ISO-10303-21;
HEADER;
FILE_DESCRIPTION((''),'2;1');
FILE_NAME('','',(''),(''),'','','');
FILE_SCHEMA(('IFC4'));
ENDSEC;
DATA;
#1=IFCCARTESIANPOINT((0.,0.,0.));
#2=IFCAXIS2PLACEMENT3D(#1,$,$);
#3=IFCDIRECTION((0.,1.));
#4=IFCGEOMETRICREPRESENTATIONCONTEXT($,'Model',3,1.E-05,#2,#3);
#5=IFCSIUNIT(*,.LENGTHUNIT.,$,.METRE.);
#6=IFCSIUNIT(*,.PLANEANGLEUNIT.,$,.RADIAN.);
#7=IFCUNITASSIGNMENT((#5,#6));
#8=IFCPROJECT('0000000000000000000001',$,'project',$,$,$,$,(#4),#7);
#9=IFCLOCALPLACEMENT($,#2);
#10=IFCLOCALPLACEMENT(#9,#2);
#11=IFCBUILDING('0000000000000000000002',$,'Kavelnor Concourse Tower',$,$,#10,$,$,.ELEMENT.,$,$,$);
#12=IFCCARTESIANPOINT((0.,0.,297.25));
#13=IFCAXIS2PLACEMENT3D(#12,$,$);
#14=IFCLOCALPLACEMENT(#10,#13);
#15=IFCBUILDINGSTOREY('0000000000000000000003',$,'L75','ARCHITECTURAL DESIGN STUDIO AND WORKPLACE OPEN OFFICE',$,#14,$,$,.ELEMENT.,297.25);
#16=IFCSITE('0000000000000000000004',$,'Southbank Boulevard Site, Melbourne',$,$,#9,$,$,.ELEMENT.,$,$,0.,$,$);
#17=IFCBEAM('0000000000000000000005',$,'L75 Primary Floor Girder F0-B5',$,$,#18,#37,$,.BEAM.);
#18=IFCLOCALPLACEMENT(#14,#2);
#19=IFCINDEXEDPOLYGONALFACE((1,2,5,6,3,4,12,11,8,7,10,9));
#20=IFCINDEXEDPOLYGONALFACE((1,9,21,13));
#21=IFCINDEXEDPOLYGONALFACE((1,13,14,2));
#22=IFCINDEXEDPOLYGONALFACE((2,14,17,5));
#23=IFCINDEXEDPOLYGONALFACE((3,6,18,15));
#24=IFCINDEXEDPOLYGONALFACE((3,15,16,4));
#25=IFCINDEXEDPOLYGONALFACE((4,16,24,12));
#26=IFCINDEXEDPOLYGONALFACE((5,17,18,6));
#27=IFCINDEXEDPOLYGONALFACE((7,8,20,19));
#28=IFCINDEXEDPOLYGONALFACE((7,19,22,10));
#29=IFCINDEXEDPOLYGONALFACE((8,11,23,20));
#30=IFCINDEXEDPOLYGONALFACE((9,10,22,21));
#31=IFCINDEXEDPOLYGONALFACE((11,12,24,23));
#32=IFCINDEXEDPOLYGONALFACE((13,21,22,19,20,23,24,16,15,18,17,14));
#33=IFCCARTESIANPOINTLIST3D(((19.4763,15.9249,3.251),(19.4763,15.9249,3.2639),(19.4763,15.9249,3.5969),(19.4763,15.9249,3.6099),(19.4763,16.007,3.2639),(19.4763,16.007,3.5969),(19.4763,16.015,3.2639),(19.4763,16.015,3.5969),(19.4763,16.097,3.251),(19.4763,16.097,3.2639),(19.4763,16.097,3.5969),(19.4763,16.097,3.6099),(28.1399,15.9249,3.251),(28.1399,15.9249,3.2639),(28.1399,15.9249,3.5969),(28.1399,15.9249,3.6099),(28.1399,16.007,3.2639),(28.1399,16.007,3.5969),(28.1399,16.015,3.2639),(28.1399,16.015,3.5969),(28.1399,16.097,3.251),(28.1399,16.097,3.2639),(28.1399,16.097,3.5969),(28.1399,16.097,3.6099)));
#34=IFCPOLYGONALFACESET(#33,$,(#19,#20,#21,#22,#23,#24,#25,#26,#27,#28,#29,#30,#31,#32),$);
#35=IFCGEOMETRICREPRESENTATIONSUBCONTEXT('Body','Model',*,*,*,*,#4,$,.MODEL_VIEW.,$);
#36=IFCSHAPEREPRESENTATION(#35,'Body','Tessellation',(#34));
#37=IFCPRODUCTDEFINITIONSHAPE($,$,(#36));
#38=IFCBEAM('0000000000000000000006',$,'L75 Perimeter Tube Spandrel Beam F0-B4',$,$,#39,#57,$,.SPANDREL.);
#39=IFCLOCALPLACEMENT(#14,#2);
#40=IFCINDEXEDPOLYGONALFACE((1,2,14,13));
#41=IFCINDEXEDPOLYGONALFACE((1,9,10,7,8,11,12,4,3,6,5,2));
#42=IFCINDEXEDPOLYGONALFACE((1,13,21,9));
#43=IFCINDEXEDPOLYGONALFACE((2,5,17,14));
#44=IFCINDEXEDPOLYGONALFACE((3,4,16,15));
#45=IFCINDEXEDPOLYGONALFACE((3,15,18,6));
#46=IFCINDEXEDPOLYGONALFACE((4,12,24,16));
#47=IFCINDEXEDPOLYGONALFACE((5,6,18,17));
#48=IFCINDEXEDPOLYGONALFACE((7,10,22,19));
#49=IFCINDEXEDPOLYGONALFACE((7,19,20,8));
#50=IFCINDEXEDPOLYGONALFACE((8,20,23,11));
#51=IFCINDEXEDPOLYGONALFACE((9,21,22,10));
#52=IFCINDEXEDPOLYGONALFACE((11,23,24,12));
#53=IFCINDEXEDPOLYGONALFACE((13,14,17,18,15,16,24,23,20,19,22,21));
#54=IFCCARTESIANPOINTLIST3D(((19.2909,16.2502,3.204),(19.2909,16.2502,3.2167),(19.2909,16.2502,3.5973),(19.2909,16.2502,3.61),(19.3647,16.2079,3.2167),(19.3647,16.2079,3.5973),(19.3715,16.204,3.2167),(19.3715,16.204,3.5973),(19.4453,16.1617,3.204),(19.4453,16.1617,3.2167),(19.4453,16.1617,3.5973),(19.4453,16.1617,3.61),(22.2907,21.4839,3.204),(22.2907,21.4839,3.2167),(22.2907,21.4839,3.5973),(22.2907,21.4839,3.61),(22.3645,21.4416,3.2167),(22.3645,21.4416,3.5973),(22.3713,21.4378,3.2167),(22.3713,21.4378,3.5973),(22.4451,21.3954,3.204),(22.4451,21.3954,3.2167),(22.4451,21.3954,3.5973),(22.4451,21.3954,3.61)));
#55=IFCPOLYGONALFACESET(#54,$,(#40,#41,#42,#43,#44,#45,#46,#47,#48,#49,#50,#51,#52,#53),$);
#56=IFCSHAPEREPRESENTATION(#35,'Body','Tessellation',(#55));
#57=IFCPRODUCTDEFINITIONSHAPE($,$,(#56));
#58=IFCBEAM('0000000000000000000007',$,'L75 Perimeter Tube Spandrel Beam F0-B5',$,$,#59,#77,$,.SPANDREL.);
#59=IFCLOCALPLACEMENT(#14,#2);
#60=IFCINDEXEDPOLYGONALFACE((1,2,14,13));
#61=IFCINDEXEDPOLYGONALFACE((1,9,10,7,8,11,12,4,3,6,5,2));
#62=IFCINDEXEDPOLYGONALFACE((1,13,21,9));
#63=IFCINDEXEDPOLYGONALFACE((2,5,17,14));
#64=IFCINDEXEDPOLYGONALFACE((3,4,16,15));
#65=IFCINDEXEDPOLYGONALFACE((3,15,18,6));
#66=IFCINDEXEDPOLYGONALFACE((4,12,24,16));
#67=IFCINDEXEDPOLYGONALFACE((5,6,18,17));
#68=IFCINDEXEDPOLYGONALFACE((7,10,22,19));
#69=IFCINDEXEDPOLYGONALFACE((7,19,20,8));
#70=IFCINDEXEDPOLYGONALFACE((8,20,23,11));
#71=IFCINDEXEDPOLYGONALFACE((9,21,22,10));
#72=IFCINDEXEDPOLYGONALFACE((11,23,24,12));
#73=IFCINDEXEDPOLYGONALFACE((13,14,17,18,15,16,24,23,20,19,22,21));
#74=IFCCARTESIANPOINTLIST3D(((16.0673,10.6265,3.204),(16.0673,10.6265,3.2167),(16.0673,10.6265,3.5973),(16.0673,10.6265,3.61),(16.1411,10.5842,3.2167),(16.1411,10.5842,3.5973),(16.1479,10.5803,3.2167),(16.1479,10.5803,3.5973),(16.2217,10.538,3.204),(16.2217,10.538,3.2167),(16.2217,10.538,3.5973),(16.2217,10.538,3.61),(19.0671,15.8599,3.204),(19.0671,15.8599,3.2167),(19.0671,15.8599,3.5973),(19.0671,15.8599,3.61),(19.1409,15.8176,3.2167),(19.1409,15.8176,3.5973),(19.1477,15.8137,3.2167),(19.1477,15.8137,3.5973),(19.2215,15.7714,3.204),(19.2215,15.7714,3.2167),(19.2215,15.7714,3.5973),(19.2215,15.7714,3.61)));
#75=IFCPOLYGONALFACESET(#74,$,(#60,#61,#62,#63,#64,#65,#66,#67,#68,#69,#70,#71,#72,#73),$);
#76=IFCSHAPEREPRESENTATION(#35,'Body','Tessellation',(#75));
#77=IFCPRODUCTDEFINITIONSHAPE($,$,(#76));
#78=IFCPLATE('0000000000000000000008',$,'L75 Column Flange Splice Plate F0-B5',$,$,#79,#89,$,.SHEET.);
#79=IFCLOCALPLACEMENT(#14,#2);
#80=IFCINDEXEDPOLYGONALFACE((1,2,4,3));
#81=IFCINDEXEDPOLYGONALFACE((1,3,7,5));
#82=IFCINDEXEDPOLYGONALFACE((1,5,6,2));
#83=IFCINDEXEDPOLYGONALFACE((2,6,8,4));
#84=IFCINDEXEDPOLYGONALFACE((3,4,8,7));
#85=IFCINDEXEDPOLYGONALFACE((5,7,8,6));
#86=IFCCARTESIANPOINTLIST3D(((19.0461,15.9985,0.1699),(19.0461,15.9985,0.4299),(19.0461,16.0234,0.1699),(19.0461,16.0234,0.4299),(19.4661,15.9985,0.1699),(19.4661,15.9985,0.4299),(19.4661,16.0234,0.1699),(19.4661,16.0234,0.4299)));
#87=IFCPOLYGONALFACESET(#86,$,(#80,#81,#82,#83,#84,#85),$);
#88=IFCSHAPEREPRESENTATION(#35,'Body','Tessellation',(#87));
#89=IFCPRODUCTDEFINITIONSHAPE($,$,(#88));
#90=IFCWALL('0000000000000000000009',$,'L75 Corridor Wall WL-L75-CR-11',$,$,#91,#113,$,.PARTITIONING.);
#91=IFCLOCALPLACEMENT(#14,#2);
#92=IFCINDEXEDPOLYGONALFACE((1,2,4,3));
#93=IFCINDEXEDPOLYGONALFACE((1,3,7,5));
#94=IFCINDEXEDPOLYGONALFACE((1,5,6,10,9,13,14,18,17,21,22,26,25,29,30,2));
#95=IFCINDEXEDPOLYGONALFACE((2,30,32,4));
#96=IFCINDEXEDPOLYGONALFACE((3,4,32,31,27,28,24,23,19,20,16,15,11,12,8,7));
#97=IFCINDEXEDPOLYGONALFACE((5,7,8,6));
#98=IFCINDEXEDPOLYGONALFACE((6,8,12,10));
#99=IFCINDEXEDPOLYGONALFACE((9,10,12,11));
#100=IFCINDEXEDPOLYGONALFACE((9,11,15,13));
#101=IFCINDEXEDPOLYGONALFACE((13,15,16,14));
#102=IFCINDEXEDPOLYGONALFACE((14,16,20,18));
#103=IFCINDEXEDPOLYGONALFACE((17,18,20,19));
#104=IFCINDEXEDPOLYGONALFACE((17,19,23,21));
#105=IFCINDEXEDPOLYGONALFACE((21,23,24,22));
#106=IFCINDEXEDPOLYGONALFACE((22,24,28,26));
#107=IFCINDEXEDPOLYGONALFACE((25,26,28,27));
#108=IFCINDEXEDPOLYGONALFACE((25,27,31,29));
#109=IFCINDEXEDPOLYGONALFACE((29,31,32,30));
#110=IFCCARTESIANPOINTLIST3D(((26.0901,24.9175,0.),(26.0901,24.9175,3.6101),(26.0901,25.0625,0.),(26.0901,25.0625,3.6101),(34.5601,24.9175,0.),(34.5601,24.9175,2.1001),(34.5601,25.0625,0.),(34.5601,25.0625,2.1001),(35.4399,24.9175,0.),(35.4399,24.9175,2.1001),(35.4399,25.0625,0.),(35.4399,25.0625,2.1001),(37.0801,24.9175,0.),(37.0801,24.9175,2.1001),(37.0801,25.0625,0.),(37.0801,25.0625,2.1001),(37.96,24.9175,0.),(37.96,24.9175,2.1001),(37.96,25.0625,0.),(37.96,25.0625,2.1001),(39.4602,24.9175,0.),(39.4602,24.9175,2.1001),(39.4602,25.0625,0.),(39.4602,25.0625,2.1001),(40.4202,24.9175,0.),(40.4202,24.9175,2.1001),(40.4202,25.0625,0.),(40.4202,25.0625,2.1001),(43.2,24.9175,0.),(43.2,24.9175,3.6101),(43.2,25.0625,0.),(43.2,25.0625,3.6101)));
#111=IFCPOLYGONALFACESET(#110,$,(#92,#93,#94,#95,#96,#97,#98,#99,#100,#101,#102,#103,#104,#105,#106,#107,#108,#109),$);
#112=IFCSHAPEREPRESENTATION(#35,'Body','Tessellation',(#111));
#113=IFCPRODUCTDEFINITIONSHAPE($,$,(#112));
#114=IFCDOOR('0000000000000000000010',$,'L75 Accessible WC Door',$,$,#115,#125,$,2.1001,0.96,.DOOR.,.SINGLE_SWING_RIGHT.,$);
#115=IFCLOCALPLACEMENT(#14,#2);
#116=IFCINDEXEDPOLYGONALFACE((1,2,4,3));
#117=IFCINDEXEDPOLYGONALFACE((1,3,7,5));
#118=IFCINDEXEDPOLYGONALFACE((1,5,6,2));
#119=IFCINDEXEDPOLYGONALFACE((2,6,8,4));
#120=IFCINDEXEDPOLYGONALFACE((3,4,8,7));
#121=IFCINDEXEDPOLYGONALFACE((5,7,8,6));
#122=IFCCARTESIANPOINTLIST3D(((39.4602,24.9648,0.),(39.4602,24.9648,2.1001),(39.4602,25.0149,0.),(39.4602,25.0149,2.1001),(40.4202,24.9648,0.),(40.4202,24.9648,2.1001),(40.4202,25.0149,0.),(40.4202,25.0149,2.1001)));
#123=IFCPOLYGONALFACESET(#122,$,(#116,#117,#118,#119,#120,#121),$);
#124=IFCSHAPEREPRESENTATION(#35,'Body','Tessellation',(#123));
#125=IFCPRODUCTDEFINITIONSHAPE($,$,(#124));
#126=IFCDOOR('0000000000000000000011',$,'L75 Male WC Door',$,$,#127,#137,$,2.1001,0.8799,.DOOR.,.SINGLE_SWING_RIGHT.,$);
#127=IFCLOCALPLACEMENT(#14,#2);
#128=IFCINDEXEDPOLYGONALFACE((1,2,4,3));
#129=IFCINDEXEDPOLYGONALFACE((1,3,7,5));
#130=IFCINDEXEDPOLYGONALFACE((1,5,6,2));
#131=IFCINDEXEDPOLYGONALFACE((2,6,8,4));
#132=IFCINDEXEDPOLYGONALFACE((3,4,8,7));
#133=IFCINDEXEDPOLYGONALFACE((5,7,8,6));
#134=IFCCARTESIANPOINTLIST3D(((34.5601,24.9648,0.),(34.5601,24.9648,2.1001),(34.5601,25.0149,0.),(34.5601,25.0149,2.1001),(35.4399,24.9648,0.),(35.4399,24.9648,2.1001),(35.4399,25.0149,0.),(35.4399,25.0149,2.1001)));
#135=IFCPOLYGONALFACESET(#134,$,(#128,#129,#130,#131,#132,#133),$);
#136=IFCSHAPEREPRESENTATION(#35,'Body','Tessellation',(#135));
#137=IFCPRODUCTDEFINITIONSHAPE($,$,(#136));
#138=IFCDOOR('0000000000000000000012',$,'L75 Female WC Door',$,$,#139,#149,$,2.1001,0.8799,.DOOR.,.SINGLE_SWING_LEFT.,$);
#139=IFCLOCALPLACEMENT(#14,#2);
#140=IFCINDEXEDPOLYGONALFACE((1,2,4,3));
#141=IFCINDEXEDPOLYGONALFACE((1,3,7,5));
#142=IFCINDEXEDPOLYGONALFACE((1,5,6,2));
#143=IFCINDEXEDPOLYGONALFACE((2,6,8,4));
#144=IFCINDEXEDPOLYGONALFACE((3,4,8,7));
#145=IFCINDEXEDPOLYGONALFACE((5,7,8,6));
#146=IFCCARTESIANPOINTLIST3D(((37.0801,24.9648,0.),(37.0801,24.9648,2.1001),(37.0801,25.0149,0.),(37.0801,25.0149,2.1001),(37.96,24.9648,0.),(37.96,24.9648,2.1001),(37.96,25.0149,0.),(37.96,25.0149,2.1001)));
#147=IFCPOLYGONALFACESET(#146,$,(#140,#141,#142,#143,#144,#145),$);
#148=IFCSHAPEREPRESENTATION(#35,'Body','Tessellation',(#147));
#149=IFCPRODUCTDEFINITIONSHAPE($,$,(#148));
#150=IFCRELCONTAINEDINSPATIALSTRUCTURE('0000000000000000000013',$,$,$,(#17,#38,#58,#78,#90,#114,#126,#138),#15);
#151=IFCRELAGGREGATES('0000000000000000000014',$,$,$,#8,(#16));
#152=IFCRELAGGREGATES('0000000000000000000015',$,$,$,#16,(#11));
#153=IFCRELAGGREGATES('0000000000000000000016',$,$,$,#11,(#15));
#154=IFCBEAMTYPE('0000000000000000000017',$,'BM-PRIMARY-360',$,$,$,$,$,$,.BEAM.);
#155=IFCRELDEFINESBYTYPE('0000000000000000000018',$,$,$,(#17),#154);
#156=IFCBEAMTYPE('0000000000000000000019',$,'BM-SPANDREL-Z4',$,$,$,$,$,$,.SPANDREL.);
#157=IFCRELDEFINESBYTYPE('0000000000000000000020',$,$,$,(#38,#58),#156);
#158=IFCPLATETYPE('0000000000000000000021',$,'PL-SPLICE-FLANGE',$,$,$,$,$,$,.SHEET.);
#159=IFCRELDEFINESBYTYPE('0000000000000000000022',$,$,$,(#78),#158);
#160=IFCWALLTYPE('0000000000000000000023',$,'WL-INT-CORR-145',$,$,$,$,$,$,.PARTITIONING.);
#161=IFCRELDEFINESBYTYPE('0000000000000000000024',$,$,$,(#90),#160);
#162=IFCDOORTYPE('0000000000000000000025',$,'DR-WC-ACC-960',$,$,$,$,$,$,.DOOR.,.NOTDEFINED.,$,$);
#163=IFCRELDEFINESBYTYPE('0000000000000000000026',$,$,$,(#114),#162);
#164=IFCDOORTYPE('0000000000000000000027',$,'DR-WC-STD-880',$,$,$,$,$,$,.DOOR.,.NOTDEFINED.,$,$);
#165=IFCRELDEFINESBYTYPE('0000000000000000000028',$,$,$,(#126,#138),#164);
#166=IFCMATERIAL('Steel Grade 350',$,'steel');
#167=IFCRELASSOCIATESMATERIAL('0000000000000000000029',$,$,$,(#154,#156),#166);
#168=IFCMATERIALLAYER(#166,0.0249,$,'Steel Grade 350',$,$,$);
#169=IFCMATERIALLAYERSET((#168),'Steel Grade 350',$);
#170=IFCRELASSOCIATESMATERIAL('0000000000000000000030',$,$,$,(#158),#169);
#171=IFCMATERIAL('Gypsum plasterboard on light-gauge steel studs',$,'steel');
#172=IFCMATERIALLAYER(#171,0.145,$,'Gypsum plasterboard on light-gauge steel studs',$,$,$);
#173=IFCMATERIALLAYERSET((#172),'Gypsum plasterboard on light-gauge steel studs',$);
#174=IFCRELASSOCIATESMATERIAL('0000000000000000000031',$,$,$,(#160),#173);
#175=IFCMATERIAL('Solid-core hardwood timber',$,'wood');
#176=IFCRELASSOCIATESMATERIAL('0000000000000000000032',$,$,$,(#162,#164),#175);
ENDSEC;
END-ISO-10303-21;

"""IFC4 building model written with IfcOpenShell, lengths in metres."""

from ifc_helpers import new_model, si_unit, direction, frame, frame_2d, origin, origin_2d, place, context, subcontext, project, spatial, rectangle, i_section, extrude, material, layer, layer_set, material_profile, profile_set, type_object, element, fill, save


model = new_model("IFC4")

# Units and contexts
model_context = context("Model", 3, precision=1e-05, world=origin(), true_north=direction((0.0, 1.0)))
body_context = subcontext(model_context, "Body", "Model", "MODEL_VIEW")
ifc_project = project(units=[si_unit("LENGTHUNIT", "METRE"), si_unit("PLANEANGLEUNIT", "RADIAN")], contexts=[model_context])

# Site, building, storey
site_placement = place(None, origin())
site = spatial("IfcSite", under=ifc_project, at=site_placement, Name="Southbank Boulevard Site, Melbourne", CompositionType="ELEMENT", RefElevation=0.0)
building_placement = place(site_placement, origin())
building = spatial("IfcBuilding", under=site, at=building_placement, Name="Kavelnor Concourse Tower", CompositionType="ELEMENT")
storey_placement = place(building_placement, frame((0.0, 0.0, 297.25)))
storey = spatial("IfcBuildingStorey", under=building, at=storey_placement, Name="L75", Description="ARCHITECTURAL DESIGN STUDIO AND WORKPLACE OPEN OFFICE", CompositionType="ELEMENT", Elevation=297.25)

# Shared definitions
ifc_material_1 = material(Name="Steel Grade 350", Category="steel")

# Beams
ifc_material_profile_1 = material_profile(ifc_material_1, i_section(OverallWidth=0.1721, OverallDepth=0.3589, WebThickness=0.0081, FlangeThickness=0.0129, at=origin_2d()), Name="360UB56")
ifc_profile_set_1 = profile_set([ifc_material_profile_1], Name="Steel Grade 350")
beam_type_1 = type_object("IfcBeamType", Name="BM-PRIMARY-360", PredefinedType="BEAM", material=ifc_profile_set_1)
beam_1_placement = place(storey_placement, frame((28.1399, 16.011, 3.4304), z_axis=(-1.0, 0.0, 0.0), x_axis=(0.0, -1.0, 0.0)))
element("IfcBeam", 1, at=beam_1_placement, inside=storey, type_object=beam_type_1, Name="L75 Primary Floor Girder F0-B5", PredefinedType="BEAM", context=body_context, shape_type="SweptSolid", body=[
    extrude(i_section(OverallWidth=0.1721, OverallDepth=0.3589, WebThickness=0.0081, FlangeThickness=0.0129, at=origin_2d()), origin(), (0.0, 0.0, 1.0), 8.6636),
])
ifc_material_profile_2 = material_profile(ifc_material_1, i_section(OverallWidth=0.178, OverallDepth=0.406, WebThickness=0.0078, FlangeThickness=0.0127, at=origin_2d()), Name="410UB59")
ifc_profile_set_2 = profile_set([ifc_material_profile_2], Name="Steel Grade 350")
beam_type_2 = type_object("IfcBeamType", Name="BM-SPANDREL-Z4", PredefinedType="SPANDREL", material=ifc_profile_set_2)
beam_2_placement = place(storey_placement, frame((22.3679, 21.4397, 3.407), z_axis=(-0.497276, -0.867592, 0.0), x_axis=(0.867592, -0.497276, 0.0)))
element("IfcBeam", 2, at=beam_2_placement, inside=storey, type_object=beam_type_2, Name="L75 Perimeter Tube Spandrel Beam F0-B4", PredefinedType="SPANDREL", context=body_context, shape_type="SweptSolid", body=[
    extrude(i_section(OverallWidth=0.178, OverallDepth=0.406, WebThickness=0.0078, FlangeThickness=0.0127, at=origin_2d()), origin(), (0.0, 0.0, 1.0), 6.0325),
])
beam_3_placement = place(storey_placement, frame((19.1443, 15.8157, 3.407), z_axis=(-0.497294, -0.867582, 0.0), x_axis=(0.867582, -0.497294, 0.0)))
element("IfcBeam", 3, at=beam_3_placement, inside=storey, type_object=beam_type_2, Name="L75 Perimeter Tube Spandrel Beam F0-B5", PredefinedType="SPANDREL", context=body_context, shape_type="SweptSolid", body=[
    extrude(i_section(OverallWidth=0.178, OverallDepth=0.406, WebThickness=0.0078, FlangeThickness=0.0127, at=origin_2d()), origin(), (0.0, 0.0, 1.0), 6.0322),
])

# Plate
ifc_layer_1 = layer(ifc_material_1, 0.0249, Name="Steel Grade 350")
ifc_layer_set_1 = layer_set([ifc_layer_1], Name="Steel Grade 350")
plate_type = type_object("IfcPlateType", Name="PL-SPLICE-FLANGE", PredefinedType="SHEET", material=ifc_layer_set_1)
plate_placement = place(storey_placement, frame((19.2561, 16.011, 0.1699), z_axis=(0.0, 0.0, 1.0), x_axis=(1.0, 0.0, 0.0)))
element("IfcPlate", 4, at=plate_placement, inside=storey, type_object=plate_type, Name="L75 Column Flange Splice Plate F0-B5", PredefinedType="SHEET", context=body_context, shape_type="SweptSolid", body=[
    extrude(rectangle(XDim=0.4199, YDim=0.0249, at=origin_2d()), origin(), (0.0, 0.0, 1.0), 0.26),
])

# Wall, openings, doors
ifc_material_2 = material(Name="Gypsum plasterboard on light-gauge steel studs", Category="steel")
ifc_layer_2 = layer(ifc_material_2, 0.145, Name="Gypsum plasterboard on light-gauge steel studs")
ifc_layer_set_2 = layer_set([ifc_layer_2], Name="Gypsum plasterboard on light-gauge steel studs")
wall_type_1 = type_object("IfcWallType", Name="WL-INT-CORR-145", PredefinedType="PARTITIONING", material=ifc_layer_set_2)
wall_1_placement = place(storey_placement, frame((26.0901, 24.99, 0.0), z_axis=(0.0, 0.0, 1.0), x_axis=(1.0, 0.0, 0.0)))
wall_1 = element("IfcWall", 5, at=wall_1_placement, inside=storey, type_object=wall_type_1, Name="L75 Corridor Wall WL-L75-CR-11", PredefinedType="PARTITIONING", context=body_context, shape_type="SweptSolid", body=[
    extrude(rectangle(XDim=17.1099, YDim=0.145, at=frame_2d((8.5549, 0.0))), origin(), (0.0, 0.0, 1.0), 3.6101),
])
opening_1_placement = place(wall_1_placement, frame((8.47, 0.0, 0.0)))
opening_1 = element("IfcOpeningElement", 6, at=opening_1_placement, cuts=wall_1, PredefinedType="OPENING", context=body_context, shape_type="SweptSolid", body=[
    extrude(rectangle(XDim=0.8799, YDim=2.1001, at=frame_2d((0.4399, 1.05))), frame((0.0, 0.0825, 0.0), z_axis=(0.0, -1.0, 0.0), x_axis=(1.0, 0.0, 0.0)), (0.0, 0.0, 1.0), 0.165),
])
opening_2_placement = place(wall_1_placement, frame((10.99, 0.0, 0.0)))
opening_2 = element("IfcOpeningElement", 7, at=opening_2_placement, cuts=wall_1, PredefinedType="OPENING", context=body_context, shape_type="SweptSolid", body=[
    extrude(rectangle(XDim=0.8799, YDim=2.1001, at=frame_2d((0.4399, 1.05))), frame((0.0, 0.0825, 0.0), z_axis=(0.0, -1.0, 0.0), x_axis=(1.0, 0.0, 0.0)), (0.0, 0.0, 1.0), 0.165),
])
opening_3_placement = place(wall_1_placement, frame((13.3701, 0.0, 0.0)))
opening_3 = element("IfcOpeningElement", 8, at=opening_3_placement, cuts=wall_1, PredefinedType="OPENING", context=body_context, shape_type="SweptSolid", body=[
    extrude(rectangle(XDim=0.96, YDim=2.1001, at=frame_2d((0.48, 1.05))), frame((0.0, 0.0825, 0.0), z_axis=(0.0, -1.0, 0.0), x_axis=(1.0, 0.0, 0.0)), (0.0, 0.0, 1.0), 0.165),
])
ifc_material_3 = material(Name="Solid-core hardwood timber", Category="wood")
door_type_1 = type_object("IfcDoorType", Name="DR-WC-ACC-960", OperationType="NOTDEFINED", PredefinedType="DOOR", material=ifc_material_3)
door_1_placement = place(opening_3_placement, origin())
door_1 = element("IfcDoor", 9, at=door_1_placement, inside=storey, type_object=door_type_1, Name="L75 Accessible WC Door", OperationType="SINGLE_SWING_RIGHT", OverallHeight=2.1001, OverallWidth=0.96, PredefinedType="DOOR", context=body_context, shape_type="SweptSolid", body=[
    extrude(rectangle(XDim=0.96, YDim=2.1001, at=frame_2d((0.48, 1.05))), frame((0.0, 0.0249, 0.0), z_axis=(0.0, -1.0, 0.0), x_axis=(1.0, 0.0, 0.0)), (0.0, 0.0, 1.0), 0.05),
])
fill(opening_3, door_1)
door_type_2 = type_object("IfcDoorType", Name="DR-WC-STD-880", OperationType="NOTDEFINED", PredefinedType="DOOR", material=ifc_material_3)
door_2_placement = place(opening_1_placement, origin())
door_2 = element("IfcDoor", 10, at=door_2_placement, inside=storey, type_object=door_type_2, Name="L75 Male WC Door", OperationType="SINGLE_SWING_RIGHT", OverallHeight=2.1001, OverallWidth=0.8799, PredefinedType="DOOR", context=body_context, shape_type="SweptSolid", body=[
    extrude(rectangle(XDim=0.8799, YDim=2.1001, at=frame_2d((0.4399, 1.05))), frame((0.0, 0.0249, 0.0), z_axis=(0.0, -1.0, 0.0), x_axis=(1.0, 0.0, 0.0)), (0.0, 0.0, 1.0), 0.05),
])
fill(opening_1, door_2)
door_3_placement = place(opening_2_placement, origin())
door_3 = element("IfcDoor", 11, at=door_3_placement, inside=storey, type_object=door_type_2, Name="L75 Female WC Door", OperationType="SINGLE_SWING_LEFT", OverallHeight=2.1001, OverallWidth=0.8799, PredefinedType="DOOR", context=body_context, shape_type="SweptSolid", body=[
    extrude(rectangle(XDim=0.8799, YDim=2.1001, at=frame_2d((0.4399, 1.05))), frame((0.0, 0.0249, 0.0), z_axis=(0.0, -1.0, 0.0), x_axis=(1.0, 0.0, 0.0)), (0.0, 0.0, 1.0), 0.05),
])
fill(opening_2, door_3)

save(model, "model.ifc")
